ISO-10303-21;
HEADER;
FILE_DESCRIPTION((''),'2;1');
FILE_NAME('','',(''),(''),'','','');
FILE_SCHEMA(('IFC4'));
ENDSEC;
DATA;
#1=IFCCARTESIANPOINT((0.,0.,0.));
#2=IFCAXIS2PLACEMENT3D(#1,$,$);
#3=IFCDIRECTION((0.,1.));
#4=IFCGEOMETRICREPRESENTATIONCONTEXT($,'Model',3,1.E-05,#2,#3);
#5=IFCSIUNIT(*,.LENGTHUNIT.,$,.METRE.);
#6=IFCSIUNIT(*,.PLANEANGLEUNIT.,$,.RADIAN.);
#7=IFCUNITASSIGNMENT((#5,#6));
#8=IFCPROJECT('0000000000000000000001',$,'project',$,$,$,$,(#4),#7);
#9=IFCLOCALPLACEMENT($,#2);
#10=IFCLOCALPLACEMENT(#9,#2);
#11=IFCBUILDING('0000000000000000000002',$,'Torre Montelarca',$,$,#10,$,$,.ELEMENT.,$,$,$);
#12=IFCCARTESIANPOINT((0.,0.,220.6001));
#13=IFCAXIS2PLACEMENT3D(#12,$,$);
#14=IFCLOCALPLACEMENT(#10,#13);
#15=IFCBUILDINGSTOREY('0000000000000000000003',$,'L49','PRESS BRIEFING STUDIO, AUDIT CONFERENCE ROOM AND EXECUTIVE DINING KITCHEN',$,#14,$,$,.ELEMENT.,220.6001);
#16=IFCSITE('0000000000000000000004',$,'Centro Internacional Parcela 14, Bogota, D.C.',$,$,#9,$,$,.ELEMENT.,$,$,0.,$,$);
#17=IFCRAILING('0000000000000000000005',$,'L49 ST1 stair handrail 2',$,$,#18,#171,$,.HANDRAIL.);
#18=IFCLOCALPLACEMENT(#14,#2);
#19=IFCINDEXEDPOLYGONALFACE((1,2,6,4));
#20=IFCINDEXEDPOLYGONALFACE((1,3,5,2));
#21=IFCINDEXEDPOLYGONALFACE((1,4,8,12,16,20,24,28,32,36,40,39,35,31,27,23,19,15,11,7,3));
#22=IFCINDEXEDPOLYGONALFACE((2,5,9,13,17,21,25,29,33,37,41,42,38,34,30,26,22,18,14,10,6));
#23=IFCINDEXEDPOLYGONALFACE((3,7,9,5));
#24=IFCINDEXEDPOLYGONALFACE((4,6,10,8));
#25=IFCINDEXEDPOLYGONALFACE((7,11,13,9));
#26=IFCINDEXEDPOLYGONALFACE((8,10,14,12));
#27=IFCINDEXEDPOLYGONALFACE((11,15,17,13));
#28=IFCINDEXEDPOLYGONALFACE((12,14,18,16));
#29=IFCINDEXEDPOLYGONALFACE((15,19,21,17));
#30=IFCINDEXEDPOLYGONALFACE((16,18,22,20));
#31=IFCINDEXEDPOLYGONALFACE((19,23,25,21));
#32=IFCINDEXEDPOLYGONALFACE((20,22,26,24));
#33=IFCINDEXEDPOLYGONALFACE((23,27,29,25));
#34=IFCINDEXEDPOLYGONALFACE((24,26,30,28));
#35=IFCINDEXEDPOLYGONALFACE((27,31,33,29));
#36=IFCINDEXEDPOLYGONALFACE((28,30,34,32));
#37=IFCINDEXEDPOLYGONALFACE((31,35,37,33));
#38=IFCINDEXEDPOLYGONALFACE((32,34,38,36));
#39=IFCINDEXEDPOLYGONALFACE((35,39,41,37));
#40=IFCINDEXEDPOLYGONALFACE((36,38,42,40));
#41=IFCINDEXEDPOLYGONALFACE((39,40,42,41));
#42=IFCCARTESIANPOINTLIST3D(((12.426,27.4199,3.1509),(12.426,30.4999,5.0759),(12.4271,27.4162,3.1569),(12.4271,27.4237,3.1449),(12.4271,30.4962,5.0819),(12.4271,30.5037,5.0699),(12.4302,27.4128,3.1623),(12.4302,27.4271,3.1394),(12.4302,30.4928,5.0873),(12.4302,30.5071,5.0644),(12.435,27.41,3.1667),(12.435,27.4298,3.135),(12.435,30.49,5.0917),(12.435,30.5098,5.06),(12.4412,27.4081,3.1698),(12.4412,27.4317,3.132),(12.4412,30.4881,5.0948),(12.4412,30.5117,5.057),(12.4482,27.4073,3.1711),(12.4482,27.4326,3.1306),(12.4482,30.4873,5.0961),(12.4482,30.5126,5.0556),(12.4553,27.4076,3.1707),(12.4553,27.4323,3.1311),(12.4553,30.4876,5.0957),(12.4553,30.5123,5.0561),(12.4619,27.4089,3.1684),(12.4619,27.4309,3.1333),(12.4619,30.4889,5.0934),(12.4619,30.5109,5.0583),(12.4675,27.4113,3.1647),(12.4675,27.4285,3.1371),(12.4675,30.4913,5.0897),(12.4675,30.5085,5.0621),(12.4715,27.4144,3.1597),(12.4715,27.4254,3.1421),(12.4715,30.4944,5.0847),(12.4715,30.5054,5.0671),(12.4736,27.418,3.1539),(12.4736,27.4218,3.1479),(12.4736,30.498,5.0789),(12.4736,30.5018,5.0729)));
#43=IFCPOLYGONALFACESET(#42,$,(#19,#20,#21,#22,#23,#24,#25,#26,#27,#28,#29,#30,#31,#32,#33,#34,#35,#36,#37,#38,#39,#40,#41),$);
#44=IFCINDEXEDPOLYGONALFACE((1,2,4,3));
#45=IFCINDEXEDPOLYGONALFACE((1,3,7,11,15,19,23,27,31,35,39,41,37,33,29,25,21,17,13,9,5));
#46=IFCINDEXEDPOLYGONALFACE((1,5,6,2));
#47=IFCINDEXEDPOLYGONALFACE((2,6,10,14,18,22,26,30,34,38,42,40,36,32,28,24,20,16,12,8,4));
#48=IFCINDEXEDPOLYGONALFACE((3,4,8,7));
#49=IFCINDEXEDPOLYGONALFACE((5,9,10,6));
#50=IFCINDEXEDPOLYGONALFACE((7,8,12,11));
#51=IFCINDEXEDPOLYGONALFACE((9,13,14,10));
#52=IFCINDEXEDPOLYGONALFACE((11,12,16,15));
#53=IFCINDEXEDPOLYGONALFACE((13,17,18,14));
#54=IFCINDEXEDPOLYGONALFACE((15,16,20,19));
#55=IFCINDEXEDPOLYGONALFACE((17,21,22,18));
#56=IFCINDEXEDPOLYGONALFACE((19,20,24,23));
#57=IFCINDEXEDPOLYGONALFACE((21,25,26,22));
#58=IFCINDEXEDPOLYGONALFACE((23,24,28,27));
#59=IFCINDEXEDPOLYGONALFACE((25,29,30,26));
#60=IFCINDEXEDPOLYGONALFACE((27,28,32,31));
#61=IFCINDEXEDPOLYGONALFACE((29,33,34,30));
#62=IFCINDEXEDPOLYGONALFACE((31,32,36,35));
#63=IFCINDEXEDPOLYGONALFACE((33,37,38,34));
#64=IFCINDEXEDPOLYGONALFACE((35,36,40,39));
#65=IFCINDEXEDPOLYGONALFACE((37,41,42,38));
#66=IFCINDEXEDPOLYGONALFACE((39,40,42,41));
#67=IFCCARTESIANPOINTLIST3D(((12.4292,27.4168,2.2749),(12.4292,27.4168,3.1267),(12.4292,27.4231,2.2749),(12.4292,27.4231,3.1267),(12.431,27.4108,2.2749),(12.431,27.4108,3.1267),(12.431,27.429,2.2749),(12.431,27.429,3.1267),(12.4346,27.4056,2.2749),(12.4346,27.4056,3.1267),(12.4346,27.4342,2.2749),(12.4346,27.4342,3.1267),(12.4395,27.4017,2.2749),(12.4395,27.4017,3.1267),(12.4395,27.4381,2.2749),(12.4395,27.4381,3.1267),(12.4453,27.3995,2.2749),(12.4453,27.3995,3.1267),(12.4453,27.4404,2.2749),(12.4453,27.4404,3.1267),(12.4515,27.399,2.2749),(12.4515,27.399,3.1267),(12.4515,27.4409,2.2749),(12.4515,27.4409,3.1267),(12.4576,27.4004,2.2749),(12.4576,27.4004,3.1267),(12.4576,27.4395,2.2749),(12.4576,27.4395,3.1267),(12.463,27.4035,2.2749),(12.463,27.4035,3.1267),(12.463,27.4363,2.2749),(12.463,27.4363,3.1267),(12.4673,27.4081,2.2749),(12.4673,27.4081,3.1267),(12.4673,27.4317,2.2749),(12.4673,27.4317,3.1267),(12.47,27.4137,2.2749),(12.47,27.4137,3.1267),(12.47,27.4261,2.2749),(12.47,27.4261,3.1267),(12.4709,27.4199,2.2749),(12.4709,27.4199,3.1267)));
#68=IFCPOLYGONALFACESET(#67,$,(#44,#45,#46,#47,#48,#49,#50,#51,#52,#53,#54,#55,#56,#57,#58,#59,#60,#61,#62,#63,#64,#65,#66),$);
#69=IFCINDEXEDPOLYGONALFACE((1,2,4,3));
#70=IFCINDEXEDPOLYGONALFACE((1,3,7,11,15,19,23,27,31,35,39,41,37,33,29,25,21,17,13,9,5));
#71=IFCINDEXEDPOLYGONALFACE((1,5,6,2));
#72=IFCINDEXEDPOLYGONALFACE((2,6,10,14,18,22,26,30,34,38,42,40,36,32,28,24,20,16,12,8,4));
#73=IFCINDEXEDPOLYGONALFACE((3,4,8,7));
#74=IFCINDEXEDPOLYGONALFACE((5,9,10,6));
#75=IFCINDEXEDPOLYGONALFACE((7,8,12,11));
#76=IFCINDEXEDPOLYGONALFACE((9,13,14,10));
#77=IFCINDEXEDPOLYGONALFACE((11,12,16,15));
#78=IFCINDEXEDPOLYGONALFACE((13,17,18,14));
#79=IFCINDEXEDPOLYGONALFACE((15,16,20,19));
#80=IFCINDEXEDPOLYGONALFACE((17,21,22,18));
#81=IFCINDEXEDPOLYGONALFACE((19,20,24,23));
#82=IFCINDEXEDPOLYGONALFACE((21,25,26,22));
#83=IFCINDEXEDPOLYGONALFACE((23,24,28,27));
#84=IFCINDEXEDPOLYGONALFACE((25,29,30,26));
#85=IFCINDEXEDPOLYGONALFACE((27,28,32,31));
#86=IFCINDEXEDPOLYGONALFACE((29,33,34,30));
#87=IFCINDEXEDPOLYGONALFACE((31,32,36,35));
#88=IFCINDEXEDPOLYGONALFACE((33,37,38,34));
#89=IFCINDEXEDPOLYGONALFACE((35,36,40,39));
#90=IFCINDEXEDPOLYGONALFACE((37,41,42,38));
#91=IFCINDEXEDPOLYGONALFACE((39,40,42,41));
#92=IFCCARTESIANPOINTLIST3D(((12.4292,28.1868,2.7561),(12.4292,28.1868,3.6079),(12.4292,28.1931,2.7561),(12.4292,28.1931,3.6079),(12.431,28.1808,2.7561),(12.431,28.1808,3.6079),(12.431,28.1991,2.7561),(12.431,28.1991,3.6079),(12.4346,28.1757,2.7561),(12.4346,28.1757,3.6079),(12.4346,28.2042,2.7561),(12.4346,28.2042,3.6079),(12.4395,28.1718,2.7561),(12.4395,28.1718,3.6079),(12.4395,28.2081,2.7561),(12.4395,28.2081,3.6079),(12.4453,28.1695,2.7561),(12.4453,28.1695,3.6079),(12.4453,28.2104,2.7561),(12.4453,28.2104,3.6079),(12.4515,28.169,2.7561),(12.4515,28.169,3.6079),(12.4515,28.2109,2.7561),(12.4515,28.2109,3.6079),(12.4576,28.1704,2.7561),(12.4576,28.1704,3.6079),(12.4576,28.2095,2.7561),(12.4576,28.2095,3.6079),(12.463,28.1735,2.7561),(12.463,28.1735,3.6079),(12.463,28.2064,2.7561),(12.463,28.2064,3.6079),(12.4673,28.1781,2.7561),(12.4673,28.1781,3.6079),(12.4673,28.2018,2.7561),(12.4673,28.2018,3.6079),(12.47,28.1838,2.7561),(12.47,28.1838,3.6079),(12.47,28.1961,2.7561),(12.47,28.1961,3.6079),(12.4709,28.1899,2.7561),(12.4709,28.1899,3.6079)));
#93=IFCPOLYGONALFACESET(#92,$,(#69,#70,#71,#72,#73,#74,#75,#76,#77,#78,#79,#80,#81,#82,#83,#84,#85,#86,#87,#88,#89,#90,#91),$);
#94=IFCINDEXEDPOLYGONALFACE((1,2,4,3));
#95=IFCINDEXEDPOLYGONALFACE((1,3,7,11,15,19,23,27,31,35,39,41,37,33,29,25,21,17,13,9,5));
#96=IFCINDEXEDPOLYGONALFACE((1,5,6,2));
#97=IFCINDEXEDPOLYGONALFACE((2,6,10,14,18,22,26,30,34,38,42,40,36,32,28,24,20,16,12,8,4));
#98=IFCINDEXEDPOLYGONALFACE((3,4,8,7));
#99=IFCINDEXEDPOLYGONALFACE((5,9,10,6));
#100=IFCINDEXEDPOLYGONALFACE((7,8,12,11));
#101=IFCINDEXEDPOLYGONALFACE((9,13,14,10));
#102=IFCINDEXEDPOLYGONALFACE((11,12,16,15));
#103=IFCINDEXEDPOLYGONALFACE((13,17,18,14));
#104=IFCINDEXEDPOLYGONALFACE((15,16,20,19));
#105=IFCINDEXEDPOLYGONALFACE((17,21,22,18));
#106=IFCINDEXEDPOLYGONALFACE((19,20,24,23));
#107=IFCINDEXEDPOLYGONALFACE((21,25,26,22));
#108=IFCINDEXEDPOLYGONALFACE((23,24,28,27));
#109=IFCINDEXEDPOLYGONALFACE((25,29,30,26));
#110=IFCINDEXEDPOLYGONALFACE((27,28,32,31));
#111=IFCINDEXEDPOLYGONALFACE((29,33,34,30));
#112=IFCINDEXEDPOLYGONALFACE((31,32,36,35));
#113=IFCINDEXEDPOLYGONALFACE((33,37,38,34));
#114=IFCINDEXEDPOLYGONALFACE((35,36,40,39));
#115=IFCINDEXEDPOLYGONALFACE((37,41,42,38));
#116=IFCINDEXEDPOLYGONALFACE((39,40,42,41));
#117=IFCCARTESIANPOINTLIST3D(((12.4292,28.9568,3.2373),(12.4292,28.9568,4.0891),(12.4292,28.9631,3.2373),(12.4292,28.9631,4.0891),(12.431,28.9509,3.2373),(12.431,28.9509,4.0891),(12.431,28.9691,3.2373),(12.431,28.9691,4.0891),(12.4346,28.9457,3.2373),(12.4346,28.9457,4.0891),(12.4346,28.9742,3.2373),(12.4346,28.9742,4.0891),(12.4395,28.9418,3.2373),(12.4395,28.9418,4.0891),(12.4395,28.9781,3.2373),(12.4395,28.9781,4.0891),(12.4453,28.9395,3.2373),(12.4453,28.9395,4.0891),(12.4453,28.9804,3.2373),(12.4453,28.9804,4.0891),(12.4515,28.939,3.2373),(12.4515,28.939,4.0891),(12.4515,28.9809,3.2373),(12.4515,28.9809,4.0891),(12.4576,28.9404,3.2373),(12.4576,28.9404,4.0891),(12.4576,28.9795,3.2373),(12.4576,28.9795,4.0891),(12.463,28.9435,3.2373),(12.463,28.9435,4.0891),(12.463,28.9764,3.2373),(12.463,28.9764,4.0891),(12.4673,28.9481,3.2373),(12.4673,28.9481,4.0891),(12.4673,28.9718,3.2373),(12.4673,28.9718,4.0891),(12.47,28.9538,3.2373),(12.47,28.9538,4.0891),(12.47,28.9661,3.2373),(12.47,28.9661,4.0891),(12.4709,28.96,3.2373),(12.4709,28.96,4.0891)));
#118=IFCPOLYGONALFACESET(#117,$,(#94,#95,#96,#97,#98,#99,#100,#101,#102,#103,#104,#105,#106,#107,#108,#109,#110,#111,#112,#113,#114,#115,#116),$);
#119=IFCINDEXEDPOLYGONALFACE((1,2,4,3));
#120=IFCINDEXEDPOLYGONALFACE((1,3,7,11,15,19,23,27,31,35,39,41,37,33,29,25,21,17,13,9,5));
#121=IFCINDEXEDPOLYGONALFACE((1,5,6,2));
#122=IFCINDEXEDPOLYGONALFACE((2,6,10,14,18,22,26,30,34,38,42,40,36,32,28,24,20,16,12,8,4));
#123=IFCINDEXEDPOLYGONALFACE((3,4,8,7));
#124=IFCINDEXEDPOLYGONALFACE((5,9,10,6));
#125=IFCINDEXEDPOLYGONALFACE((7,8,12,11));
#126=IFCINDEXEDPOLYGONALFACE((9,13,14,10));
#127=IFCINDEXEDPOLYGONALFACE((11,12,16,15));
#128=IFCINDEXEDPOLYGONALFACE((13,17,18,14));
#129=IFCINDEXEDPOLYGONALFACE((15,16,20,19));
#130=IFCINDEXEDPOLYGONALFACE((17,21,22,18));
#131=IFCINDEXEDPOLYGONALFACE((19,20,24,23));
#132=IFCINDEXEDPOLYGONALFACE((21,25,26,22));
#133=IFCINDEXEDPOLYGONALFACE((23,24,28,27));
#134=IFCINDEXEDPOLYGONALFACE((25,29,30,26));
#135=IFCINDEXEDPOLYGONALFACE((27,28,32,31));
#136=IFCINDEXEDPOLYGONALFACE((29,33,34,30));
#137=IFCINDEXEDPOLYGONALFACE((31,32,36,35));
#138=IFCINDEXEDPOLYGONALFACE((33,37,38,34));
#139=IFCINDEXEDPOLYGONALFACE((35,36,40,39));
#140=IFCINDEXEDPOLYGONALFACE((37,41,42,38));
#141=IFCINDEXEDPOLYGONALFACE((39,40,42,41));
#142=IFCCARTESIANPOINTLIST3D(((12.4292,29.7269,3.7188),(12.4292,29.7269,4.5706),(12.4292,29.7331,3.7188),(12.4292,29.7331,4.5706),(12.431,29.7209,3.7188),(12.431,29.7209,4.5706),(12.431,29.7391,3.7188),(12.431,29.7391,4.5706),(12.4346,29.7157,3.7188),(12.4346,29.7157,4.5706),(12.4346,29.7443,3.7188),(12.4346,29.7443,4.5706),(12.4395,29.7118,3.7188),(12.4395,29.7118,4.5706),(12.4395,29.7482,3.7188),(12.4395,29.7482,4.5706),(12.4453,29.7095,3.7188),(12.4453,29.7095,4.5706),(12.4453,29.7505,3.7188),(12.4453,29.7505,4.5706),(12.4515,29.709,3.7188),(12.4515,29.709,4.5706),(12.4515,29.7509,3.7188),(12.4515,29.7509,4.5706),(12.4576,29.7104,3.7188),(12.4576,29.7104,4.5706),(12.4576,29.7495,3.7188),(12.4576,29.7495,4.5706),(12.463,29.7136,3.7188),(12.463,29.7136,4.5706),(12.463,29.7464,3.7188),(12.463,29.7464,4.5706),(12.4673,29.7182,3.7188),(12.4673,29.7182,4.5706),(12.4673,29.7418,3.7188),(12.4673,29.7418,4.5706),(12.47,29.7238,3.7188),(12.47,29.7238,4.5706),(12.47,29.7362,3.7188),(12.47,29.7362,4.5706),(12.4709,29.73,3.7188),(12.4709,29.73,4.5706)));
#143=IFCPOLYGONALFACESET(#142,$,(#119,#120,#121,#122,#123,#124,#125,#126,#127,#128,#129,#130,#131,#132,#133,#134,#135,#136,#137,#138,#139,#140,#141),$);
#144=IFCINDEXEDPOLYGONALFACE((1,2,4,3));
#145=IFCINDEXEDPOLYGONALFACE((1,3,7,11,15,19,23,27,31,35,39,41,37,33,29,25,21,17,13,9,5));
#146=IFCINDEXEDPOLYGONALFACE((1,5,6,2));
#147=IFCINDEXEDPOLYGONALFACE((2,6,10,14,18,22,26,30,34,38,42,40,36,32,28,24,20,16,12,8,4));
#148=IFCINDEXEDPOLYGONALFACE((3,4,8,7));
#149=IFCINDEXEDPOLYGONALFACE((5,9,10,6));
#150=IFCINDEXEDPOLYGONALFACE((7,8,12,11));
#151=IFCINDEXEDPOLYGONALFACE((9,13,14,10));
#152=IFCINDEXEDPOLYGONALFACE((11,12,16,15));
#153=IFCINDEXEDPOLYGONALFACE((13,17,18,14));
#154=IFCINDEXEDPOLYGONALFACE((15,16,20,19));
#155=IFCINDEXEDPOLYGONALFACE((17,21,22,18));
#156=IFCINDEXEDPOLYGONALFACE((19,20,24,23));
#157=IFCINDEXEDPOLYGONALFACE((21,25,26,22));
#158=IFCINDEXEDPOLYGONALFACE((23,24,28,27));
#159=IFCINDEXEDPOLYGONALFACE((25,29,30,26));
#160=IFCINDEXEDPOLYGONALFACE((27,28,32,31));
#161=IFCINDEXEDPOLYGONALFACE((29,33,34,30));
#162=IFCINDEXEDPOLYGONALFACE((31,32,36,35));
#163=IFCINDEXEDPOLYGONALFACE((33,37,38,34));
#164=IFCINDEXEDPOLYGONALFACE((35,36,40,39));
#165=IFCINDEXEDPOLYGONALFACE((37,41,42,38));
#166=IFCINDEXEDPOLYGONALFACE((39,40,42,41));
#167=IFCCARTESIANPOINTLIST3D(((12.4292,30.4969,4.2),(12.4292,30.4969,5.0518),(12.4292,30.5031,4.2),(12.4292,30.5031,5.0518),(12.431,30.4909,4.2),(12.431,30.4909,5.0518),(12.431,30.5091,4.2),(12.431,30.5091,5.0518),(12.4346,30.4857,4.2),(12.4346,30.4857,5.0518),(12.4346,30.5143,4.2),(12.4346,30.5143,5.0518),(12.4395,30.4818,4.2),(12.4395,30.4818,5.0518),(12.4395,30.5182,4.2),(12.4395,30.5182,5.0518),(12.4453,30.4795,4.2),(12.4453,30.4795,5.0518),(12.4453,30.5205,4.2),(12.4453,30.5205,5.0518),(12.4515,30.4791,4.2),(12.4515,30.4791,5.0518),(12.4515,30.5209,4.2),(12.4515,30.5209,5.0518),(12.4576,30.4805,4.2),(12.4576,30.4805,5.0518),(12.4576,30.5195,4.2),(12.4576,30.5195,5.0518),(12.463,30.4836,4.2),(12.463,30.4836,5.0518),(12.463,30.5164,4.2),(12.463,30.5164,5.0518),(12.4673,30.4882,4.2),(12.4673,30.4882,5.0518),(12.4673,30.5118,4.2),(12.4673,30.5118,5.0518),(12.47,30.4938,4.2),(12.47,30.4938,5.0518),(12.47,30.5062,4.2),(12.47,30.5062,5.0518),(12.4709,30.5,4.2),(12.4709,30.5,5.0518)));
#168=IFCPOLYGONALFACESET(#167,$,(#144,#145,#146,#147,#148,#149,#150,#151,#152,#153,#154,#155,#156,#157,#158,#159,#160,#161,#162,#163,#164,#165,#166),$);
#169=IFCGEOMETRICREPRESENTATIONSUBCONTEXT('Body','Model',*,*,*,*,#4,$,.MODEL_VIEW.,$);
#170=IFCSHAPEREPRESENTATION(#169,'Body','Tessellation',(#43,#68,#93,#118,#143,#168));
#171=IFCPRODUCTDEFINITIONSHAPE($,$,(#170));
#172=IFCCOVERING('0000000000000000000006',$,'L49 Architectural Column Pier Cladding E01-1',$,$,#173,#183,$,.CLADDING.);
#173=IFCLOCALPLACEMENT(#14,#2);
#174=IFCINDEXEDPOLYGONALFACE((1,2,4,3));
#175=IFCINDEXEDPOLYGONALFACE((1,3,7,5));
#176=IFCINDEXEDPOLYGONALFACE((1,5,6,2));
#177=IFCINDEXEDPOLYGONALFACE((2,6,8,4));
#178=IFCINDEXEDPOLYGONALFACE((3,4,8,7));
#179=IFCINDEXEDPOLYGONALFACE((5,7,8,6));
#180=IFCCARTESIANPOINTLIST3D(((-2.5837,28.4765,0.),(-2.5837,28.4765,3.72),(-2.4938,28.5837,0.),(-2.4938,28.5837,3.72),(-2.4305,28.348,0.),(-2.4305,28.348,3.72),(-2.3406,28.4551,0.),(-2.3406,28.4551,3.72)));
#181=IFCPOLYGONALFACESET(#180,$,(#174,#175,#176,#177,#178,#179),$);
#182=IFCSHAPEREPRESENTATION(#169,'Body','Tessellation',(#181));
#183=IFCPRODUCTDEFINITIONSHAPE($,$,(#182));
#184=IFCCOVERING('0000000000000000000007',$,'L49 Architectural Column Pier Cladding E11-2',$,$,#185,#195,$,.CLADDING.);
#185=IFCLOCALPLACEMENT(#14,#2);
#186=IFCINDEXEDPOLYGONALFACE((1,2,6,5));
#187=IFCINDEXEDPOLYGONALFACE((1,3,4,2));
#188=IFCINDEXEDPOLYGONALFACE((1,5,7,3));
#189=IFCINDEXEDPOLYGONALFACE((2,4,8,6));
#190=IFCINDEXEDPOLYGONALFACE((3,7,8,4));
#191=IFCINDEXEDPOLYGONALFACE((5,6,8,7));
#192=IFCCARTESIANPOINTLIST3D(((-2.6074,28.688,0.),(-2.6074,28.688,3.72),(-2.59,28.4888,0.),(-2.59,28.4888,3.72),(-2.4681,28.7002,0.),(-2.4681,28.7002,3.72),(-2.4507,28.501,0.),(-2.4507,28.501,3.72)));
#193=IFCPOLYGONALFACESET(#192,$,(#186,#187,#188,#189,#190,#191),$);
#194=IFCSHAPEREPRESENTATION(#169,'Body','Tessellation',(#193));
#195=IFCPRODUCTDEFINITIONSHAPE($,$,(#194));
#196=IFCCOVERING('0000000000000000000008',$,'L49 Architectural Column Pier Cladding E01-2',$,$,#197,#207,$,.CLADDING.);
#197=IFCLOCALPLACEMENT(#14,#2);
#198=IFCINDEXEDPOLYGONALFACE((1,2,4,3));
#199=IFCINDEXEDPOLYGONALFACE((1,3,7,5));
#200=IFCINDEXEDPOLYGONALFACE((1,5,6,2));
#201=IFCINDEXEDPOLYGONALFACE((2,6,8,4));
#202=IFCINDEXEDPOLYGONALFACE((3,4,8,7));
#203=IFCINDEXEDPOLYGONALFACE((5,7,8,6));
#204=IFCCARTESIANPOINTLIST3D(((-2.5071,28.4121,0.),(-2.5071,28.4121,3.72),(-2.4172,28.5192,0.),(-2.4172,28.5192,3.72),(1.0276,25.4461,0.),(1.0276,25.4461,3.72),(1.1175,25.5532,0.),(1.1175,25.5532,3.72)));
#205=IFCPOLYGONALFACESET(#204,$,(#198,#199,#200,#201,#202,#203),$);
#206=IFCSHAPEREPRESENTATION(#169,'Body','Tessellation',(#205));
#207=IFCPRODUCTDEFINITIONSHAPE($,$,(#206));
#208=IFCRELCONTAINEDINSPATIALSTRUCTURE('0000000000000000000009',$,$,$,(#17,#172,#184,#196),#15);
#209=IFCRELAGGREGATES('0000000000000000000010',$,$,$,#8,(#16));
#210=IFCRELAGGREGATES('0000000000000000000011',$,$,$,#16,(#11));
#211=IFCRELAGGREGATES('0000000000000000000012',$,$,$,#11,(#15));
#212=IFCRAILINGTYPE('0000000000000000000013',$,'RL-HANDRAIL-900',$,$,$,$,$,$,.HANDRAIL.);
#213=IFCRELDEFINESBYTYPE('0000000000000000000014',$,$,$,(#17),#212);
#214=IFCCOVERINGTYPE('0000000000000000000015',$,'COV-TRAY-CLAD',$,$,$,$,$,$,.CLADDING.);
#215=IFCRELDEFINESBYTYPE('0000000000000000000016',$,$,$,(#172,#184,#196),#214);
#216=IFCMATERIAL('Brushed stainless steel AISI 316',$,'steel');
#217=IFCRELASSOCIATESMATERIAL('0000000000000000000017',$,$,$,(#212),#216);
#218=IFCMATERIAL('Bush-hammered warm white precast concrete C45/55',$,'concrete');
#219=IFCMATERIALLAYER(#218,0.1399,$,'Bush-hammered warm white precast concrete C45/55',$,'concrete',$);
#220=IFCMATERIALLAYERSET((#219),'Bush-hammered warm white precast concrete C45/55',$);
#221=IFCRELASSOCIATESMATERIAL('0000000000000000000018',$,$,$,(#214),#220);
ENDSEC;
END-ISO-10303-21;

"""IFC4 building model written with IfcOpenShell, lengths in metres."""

from ifc_helpers import new_model, si_unit, direction, frame, origin, origin_2d, place, context, subcontext, project, spatial, rectangle, circle, extrude, source, transform, mapped, material, layer, layer_set, type_object, element, save


model = new_model("IFC4")

# Units and contexts
model_context = context("Model", 3, precision=1e-05, world=origin(), true_north=direction((0.0, 1.0)))
body_context = subcontext(model_context, "Body", "Model", "MODEL_VIEW")
ifc_project = project(units=[si_unit("LENGTHUNIT", "METRE"), si_unit("PLANEANGLEUNIT", "RADIAN")], contexts=[model_context])

# Site, building, storey
site_placement = place(None, origin())
site = spatial("IfcSite", under=ifc_project, at=site_placement, Name="Centro Internacional Parcela 14, Bogota, D.C.", CompositionType="ELEMENT", RefElevation=0.0)
building_placement = place(site_placement, origin())
building = spatial("IfcBuilding", under=site, at=building_placement, Name="Torre Montelarca", CompositionType="ELEMENT")
storey_placement = place(building_placement, frame((0.0, 0.0, 220.6001)))
storey = spatial("IfcBuildingStorey", under=building, at=storey_placement, Name="L49", Description="PRESS BRIEFING STUDIO, AUDIT CONFERENCE ROOM AND EXECUTIVE DINING KITCHEN", CompositionType="ELEMENT", Elevation=220.6001)

# Railing
ifc_material_1 = material(Name="Brushed stainless steel AISI 316", Category="steel")
railing_type_1 = type_object("IfcRailingType", Name="RL-HANDRAIL-900", PredefinedType="HANDRAIL", material=ifc_material_1)
railing_1_placement = place(storey_placement, frame((12.45, 27.4199, 2.2749)))
element("IfcRailing", 1, at=railing_1_placement, inside=storey, type_object=railing_type_1, Name="L49 ST1 stair handrail 2", PredefinedType="HANDRAIL", context=body_context, shape_type="SweptSolid", body=[
    extrude(circle(Radius=0.0239, at=origin_2d()), frame((0.0, 0.0, 0.876), z_axis=(0.0, 0.847998, 0.529999), x_axis=(-1.0, 0.0, 0.0)), (0.0, 0.0, 1.0), 3.6321),
    extrude(circle(Radius=0.021, at=origin_2d()), origin(), (0.0, 0.0, 1.0), 0.8518),
    extrude(circle(Radius=0.021, at=origin_2d()), frame((0.0, 0.77, 0.4812)), (0.0, 0.0, 1.0), 0.8518),
    extrude(circle(Radius=0.021, at=origin_2d()), frame((0.0, 1.54, 0.9624)), (0.0, 0.0, 1.0), 0.8518),
    extrude(circle(Radius=0.021, at=origin_2d()), frame((0.0, 2.3101, 1.4438)), (0.0, 0.0, 1.0), 0.8518),
    extrude(circle(Radius=0.021, at=origin_2d()), frame((0.0, 3.0801, 1.925)), (0.0, 0.0, 1.0), 0.8518),
])

# Coverings
ifc_material_2 = material(Name="Bush-hammered warm white precast concrete C45/55", Category="concrete")
ifc_layer_1 = layer(ifc_material_2, 0.1399, Name="Bush-hammered warm white precast concrete C45/55", Category="concrete")
ifc_layer_set_1 = layer_set([ifc_layer_1], Name="Bush-hammered warm white precast concrete C45/55")
covering_type = type_object("IfcCoveringType", Name="COV-TRAY-CLAD", PredefinedType="CLADDING", material=ifc_layer_set_1)
shared_shape_1 = source(origin(), body_context, "Body", "SweptSolid", [
    extrude(rectangle(XDim=0.2, YDim=0.1399, at=origin_2d()), origin(), (0.0, 0.0, 1.0), 3.72),
])
for number, where, z_axis, x_axis, name in (
    (2, (-2.4622, 28.4658, 0.0), (0.0, 0.0, 1.0), (0.766042, -0.64279, 0.0), "L49 Architectural Column Pier Cladding E01-1"),
    (3, (-2.5291, 28.5945, 0.0), (0.0, 0.0, 1.0), (0.087161, -0.996194, 0.0), "L49 Architectural Column Pier Cladding E11-2"),
):
    element("IfcCovering", number, at=place(storey_placement, frame(where, z_axis=z_axis, x_axis=x_axis)), inside=storey, type_object=covering_type, Name=name, PredefinedType="CLADDING", context=body_context, shape_type="MappedRepresentation", body=[
        mapped(shared_shape_1, transform((0.0, 0.0, 0.0), scale=1.0)),
    ])
shared_shape_2 = source(origin(), body_context, "Body", "SweptSolid", [
    extrude(rectangle(XDim=4.6143, YDim=0.1399, at=origin_2d()), origin(), (0.0, 0.0, 1.0), 3.72),
])
covering_placement = place(storey_placement, frame((-0.6948, 26.9827, 0.0), z_axis=(0.0, 0.0, 1.0), x_axis=(0.766042, -0.64279, 0.0)))
element("IfcCovering", 4, at=covering_placement, inside=storey, type_object=covering_type, Name="L49 Architectural Column Pier Cladding E01-2", PredefinedType="CLADDING", context=body_context, shape_type="MappedRepresentation", body=[
    mapped(shared_shape_2, transform((0.0, 0.0, 0.0), scale=1.0)),
])

save(model, "model.ifc")
